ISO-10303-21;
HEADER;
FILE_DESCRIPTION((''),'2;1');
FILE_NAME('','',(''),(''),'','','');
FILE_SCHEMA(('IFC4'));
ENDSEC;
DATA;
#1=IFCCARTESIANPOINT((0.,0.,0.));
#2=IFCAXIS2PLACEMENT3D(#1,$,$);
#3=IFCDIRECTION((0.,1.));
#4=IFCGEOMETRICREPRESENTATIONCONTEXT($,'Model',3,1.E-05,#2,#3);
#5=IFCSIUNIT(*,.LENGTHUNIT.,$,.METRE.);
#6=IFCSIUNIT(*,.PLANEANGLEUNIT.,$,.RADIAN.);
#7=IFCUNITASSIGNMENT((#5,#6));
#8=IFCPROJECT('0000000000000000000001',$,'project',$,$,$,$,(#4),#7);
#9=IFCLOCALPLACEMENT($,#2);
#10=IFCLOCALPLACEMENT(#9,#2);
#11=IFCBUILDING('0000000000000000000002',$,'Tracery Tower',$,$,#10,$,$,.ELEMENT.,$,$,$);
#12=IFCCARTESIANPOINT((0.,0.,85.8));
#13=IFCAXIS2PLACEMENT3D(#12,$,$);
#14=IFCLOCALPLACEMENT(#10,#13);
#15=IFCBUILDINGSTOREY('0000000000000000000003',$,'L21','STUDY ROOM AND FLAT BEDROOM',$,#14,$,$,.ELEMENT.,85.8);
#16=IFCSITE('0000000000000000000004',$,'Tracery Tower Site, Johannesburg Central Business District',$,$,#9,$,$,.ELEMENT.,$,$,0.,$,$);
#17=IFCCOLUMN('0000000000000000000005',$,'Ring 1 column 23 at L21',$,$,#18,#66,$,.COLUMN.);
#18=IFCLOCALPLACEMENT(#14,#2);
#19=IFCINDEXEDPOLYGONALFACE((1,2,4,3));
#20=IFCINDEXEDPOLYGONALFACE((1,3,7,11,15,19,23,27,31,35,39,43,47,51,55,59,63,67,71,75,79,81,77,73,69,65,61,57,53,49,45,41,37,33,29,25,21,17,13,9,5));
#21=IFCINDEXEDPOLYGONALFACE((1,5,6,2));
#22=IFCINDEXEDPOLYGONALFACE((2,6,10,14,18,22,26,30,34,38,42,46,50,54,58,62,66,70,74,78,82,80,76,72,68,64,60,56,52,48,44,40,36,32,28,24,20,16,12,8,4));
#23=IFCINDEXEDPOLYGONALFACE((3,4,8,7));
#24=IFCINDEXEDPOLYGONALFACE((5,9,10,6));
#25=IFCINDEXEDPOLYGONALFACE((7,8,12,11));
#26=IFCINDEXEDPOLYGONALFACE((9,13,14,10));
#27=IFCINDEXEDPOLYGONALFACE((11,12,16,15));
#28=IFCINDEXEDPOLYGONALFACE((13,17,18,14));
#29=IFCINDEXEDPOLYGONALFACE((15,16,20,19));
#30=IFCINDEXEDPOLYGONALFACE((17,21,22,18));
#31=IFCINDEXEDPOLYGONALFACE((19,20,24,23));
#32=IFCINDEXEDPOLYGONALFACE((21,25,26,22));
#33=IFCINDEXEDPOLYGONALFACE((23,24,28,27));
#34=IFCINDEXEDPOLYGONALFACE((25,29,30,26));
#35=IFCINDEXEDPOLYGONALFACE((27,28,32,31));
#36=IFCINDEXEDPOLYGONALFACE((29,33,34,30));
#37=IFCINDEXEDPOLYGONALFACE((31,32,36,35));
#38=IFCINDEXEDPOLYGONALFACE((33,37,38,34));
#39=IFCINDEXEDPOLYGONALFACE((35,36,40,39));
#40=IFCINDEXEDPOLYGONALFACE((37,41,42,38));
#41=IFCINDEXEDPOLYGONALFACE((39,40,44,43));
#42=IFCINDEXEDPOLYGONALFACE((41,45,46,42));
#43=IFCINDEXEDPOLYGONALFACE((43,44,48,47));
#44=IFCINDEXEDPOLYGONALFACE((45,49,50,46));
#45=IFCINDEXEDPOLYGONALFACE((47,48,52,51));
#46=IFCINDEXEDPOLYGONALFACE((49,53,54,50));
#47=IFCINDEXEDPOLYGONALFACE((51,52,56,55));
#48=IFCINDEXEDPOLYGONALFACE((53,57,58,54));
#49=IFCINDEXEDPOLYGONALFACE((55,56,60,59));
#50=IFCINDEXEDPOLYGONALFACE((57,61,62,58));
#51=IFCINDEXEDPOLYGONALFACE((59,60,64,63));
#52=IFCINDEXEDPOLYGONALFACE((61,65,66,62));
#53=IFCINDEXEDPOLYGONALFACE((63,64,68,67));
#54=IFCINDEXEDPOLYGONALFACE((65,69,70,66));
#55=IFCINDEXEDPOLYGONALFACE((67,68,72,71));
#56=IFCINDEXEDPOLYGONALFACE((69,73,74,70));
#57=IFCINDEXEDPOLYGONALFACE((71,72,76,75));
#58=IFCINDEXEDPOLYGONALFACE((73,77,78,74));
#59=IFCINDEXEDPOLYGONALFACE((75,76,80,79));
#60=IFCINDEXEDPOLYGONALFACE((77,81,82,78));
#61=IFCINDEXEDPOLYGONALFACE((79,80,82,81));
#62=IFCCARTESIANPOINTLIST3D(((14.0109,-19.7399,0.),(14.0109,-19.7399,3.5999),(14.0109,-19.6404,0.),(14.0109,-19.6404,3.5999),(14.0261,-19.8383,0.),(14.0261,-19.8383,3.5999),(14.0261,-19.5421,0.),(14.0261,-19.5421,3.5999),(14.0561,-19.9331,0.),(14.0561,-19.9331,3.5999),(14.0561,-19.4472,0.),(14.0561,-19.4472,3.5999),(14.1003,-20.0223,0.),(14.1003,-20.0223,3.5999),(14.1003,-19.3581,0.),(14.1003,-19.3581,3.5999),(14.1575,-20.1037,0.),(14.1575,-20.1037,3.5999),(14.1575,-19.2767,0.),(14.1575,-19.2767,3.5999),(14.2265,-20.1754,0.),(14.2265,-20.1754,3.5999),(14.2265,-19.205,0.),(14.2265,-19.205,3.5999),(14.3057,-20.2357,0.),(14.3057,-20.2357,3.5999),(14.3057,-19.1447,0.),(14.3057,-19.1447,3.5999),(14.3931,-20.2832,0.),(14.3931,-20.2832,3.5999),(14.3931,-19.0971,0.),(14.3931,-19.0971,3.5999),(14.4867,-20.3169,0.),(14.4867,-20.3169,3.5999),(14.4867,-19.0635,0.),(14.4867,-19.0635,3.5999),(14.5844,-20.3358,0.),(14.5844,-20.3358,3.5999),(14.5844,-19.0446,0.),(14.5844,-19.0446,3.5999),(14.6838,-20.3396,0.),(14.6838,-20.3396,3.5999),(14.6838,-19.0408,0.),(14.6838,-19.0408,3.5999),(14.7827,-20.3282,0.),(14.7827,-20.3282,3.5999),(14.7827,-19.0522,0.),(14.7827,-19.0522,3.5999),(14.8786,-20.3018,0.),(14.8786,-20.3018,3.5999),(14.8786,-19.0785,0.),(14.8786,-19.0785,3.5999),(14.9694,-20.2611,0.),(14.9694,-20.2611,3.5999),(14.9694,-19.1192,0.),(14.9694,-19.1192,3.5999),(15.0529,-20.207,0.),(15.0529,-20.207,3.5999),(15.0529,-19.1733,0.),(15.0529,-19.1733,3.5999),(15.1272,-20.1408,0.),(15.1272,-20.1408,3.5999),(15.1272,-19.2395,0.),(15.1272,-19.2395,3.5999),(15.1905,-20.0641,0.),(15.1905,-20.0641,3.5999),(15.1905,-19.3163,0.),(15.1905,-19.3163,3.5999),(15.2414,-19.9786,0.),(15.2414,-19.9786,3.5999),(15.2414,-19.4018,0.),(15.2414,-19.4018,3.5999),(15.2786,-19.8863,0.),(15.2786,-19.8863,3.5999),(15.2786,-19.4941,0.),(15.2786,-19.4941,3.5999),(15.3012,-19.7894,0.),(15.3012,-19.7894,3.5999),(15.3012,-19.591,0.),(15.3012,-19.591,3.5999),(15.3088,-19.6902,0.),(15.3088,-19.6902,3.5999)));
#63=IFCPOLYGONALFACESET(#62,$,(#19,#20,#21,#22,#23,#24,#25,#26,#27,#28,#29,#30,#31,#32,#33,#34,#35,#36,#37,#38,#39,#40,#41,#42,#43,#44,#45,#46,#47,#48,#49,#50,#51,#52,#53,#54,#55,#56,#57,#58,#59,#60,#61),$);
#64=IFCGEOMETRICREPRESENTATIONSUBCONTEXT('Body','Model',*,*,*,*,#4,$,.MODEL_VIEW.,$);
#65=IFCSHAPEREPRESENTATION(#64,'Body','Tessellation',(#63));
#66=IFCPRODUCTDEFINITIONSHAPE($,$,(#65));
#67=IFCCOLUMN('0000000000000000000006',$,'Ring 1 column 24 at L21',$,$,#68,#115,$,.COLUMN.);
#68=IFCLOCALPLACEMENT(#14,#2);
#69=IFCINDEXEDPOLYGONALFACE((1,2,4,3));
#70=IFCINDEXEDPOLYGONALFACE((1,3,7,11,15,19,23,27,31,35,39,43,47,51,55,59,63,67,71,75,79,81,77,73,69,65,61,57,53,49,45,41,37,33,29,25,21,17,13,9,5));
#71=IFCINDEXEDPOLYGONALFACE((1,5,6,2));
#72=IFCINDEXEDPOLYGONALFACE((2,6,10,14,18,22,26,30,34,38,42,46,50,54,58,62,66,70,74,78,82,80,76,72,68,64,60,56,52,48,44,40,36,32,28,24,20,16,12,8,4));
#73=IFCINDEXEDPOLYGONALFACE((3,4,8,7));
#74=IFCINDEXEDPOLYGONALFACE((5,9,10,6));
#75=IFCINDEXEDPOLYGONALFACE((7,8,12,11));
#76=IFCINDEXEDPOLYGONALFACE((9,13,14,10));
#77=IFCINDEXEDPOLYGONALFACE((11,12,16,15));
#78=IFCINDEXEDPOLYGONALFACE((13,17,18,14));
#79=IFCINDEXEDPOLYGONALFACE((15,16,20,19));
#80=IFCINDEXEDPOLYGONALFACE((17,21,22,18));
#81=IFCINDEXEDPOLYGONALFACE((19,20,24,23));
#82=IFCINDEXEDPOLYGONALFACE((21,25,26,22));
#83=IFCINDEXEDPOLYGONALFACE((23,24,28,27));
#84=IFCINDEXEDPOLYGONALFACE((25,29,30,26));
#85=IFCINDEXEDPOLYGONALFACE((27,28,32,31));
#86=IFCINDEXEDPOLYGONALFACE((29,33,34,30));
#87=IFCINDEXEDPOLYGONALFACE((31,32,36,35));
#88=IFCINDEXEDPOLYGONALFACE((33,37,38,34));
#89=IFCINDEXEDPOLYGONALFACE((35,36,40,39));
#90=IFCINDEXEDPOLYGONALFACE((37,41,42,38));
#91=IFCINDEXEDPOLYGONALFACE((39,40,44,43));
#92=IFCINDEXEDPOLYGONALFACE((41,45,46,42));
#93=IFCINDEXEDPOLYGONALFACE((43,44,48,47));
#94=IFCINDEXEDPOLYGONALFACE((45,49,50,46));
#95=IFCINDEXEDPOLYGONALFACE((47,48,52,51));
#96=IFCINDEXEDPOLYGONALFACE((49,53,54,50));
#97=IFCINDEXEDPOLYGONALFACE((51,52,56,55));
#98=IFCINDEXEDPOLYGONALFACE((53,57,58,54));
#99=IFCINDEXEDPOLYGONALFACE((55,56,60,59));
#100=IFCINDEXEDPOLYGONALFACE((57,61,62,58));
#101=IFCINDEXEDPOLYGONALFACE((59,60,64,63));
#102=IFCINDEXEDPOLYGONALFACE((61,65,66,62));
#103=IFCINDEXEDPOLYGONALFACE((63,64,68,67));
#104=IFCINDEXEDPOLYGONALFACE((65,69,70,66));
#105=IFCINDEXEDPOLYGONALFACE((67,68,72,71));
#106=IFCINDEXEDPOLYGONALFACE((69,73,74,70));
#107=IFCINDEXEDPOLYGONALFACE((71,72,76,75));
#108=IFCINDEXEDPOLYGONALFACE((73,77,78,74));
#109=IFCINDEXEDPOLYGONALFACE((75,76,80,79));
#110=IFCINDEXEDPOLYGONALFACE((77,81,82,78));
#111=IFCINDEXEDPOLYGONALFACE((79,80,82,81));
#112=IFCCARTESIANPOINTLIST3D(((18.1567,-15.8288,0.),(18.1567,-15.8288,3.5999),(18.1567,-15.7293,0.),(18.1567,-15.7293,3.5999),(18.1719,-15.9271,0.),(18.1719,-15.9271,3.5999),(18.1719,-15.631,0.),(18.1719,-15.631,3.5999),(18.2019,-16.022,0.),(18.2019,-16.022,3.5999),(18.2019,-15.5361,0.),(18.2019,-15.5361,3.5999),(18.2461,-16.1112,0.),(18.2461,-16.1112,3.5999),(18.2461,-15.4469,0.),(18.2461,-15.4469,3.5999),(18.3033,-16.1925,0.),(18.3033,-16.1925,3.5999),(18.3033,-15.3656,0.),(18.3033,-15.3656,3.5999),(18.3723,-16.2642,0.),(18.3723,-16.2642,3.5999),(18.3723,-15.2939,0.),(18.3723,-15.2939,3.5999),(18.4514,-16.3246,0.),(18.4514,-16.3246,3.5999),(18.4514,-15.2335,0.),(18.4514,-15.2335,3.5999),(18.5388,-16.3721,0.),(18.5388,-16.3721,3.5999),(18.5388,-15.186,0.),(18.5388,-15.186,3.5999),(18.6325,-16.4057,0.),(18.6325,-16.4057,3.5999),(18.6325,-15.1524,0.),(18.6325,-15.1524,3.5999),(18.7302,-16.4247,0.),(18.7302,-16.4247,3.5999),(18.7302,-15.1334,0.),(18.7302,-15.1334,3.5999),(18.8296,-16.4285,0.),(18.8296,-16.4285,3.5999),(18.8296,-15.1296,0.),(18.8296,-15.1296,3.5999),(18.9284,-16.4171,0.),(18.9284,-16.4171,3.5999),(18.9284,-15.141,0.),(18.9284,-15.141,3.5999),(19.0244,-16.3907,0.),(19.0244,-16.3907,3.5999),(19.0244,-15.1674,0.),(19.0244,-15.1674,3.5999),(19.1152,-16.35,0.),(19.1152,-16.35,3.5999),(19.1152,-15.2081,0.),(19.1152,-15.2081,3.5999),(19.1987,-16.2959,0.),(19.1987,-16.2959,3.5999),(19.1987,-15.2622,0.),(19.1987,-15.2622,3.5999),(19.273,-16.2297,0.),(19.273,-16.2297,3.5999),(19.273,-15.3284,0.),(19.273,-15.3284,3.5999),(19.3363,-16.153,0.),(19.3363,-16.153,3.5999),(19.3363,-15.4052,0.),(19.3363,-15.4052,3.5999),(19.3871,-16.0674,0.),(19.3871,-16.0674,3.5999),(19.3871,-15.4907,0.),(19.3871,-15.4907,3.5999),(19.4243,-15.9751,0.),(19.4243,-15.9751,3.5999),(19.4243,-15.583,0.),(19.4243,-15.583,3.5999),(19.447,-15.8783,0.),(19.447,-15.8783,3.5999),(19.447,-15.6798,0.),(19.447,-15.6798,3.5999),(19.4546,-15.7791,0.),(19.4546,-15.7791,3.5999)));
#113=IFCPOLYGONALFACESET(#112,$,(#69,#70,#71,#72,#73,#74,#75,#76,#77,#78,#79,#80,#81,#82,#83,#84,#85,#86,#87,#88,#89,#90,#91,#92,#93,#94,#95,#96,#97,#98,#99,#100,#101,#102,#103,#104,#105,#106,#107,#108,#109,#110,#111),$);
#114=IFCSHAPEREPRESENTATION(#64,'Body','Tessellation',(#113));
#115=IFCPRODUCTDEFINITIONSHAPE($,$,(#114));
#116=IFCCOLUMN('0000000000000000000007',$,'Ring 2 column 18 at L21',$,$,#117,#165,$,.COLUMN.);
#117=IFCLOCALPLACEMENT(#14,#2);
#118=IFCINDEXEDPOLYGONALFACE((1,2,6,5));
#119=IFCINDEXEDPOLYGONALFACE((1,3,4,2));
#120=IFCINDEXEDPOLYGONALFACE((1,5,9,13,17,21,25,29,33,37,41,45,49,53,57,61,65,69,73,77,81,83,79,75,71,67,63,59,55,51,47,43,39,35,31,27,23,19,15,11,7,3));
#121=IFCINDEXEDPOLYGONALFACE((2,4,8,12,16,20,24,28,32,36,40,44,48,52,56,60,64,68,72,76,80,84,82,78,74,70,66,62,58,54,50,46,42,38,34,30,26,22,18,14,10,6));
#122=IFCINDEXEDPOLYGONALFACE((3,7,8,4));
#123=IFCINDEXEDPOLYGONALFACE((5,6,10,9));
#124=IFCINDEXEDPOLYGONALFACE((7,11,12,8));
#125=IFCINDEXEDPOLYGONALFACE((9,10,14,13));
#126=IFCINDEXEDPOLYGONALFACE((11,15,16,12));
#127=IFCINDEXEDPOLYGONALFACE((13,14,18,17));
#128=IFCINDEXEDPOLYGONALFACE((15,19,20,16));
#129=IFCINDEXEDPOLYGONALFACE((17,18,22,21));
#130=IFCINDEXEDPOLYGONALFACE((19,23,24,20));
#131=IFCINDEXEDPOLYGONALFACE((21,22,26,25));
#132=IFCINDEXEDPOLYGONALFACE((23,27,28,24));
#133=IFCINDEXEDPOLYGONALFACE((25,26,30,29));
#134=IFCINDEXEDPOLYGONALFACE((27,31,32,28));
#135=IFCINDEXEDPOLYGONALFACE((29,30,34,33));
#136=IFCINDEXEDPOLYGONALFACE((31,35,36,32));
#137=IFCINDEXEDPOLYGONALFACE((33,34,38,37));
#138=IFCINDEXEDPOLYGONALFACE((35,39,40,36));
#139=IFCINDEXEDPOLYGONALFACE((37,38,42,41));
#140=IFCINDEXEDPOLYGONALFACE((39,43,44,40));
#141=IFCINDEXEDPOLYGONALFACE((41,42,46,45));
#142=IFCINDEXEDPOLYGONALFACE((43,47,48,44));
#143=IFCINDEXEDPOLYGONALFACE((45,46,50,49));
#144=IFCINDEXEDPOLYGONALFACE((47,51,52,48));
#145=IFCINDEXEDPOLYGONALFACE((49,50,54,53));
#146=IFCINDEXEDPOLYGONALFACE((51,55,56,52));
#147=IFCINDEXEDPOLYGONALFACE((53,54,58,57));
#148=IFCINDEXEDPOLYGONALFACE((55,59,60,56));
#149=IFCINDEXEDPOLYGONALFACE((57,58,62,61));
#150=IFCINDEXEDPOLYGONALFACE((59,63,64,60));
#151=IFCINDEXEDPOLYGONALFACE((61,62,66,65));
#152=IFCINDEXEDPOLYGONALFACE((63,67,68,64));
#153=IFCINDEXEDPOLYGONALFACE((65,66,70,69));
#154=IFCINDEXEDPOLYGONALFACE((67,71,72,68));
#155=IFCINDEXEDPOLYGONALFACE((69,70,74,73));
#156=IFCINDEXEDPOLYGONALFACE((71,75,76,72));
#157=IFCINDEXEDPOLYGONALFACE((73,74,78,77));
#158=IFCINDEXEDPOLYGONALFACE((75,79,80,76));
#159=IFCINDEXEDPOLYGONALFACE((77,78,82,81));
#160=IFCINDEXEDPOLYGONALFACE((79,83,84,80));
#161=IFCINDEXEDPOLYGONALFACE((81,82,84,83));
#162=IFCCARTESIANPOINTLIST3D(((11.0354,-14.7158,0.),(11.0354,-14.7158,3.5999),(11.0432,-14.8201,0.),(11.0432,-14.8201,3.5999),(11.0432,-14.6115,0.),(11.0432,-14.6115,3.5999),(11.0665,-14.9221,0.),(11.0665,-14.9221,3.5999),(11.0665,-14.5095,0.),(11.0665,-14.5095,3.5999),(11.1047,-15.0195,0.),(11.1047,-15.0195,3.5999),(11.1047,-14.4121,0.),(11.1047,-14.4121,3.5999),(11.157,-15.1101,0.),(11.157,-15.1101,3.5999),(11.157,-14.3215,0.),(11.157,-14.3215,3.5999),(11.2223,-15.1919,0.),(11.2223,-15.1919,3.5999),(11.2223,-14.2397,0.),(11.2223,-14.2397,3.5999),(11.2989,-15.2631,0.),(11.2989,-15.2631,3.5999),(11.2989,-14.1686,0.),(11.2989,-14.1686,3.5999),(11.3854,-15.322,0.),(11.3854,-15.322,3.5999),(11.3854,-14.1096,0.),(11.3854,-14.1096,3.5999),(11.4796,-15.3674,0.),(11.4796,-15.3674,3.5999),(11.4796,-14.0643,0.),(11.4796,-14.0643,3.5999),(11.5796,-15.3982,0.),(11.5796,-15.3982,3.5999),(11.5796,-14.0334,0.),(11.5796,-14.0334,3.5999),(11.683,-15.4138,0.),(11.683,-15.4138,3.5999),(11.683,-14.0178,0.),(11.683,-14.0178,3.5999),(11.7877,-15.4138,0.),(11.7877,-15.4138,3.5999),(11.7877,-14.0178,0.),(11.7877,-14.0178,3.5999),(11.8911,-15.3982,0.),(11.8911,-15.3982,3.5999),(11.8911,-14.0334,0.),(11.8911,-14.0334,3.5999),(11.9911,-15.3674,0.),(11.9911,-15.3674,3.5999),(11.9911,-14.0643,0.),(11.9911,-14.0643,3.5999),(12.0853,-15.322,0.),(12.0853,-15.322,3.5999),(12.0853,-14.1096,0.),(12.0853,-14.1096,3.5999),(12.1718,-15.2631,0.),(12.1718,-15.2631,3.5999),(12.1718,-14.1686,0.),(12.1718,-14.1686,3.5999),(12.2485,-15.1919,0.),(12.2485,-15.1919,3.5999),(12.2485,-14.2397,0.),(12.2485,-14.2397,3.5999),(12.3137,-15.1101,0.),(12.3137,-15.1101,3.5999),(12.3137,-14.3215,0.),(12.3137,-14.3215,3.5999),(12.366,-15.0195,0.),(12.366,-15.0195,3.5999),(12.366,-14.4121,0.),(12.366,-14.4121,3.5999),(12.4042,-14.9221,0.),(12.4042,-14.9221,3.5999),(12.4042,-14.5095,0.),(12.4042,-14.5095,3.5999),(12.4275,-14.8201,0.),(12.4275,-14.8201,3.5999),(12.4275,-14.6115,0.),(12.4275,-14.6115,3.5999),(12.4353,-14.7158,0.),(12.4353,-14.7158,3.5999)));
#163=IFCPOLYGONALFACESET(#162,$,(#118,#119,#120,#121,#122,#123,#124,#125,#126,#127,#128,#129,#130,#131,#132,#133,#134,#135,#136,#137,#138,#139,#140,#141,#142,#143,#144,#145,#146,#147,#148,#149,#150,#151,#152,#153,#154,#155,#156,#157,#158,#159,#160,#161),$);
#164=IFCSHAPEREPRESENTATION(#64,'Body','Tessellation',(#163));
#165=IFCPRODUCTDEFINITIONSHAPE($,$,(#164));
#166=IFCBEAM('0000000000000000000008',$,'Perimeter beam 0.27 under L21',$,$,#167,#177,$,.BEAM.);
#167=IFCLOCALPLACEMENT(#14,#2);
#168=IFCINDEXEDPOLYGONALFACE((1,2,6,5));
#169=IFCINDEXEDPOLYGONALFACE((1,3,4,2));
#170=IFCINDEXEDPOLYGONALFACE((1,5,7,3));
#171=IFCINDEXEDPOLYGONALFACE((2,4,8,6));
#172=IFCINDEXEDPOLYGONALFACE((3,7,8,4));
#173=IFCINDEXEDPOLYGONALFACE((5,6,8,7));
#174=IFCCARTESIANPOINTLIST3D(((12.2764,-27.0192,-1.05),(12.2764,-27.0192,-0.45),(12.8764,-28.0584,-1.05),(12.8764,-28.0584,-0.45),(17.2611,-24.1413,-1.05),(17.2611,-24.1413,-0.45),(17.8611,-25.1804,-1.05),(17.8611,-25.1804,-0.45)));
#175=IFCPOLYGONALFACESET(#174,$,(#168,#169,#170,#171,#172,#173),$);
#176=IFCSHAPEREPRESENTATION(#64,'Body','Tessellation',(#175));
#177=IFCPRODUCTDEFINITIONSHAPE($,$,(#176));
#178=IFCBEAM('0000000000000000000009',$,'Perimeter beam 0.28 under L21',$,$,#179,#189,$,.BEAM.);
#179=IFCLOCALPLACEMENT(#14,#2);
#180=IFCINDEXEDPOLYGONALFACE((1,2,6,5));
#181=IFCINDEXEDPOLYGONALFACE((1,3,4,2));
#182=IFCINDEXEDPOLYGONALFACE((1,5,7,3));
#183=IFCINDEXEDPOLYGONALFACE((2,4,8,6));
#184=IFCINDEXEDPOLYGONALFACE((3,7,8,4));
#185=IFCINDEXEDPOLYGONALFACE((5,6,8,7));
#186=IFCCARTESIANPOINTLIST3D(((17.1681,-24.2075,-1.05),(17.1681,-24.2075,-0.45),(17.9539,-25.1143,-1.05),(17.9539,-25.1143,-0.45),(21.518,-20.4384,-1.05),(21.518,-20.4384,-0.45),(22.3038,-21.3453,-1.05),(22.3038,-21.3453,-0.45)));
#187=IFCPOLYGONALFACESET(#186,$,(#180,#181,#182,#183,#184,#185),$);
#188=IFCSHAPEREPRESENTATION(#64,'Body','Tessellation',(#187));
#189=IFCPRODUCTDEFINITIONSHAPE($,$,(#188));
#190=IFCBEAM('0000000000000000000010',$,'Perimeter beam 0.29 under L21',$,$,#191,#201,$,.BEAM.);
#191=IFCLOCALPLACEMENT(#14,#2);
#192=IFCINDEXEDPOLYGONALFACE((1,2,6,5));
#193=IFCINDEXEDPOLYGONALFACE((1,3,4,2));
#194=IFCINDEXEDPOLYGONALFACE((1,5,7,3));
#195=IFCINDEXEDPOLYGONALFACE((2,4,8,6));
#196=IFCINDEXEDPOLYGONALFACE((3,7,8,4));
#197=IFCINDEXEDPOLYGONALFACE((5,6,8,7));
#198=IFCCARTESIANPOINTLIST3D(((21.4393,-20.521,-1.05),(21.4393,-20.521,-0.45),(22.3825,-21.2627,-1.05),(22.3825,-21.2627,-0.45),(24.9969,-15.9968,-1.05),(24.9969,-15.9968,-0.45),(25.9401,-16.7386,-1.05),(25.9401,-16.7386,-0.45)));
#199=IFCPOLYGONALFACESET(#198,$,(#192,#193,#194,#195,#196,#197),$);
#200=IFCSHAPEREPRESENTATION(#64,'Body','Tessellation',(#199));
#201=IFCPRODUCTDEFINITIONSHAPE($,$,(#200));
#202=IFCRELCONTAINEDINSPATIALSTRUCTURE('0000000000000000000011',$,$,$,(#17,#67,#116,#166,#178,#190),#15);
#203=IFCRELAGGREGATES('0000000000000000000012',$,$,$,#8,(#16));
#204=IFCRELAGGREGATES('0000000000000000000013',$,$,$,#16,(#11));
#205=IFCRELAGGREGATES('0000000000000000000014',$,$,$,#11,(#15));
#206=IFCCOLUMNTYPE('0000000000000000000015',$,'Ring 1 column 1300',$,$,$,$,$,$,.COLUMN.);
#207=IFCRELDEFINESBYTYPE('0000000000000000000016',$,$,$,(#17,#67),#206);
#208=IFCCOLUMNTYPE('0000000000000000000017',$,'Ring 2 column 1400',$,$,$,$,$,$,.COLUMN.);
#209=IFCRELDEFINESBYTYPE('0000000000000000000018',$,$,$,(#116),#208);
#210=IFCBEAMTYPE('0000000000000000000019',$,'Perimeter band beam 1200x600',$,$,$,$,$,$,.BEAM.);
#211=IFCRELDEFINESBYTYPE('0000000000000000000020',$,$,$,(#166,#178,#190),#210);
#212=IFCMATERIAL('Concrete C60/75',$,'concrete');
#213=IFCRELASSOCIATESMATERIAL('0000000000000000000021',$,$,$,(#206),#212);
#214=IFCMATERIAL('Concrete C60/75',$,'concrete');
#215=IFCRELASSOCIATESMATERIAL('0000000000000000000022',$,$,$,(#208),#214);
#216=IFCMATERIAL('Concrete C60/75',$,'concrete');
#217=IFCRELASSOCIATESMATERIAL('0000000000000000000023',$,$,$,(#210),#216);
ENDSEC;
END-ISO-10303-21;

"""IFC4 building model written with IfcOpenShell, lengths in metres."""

from ifc_helpers import new_model, si_unit, direction, frame, origin, origin_2d, place, context, subcontext, project, spatial, rectangle, circle, extrude, material, material_profile, profile_set, type_object, element, save


model = new_model("IFC4")

# Units and contexts
model_context = context("Model", 3, precision=1e-05, world=origin(), true_north=direction((0.0, 1.0)))
body_context = subcontext(model_context, "Body", "Model", "MODEL_VIEW")
ifc_project = project(units=[si_unit("LENGTHUNIT", "METRE"), si_unit("PLANEANGLEUNIT", "RADIAN")], contexts=[model_context])

# Site, building, storey
site_placement = place(None, origin())
site = spatial("IfcSite", under=ifc_project, at=site_placement, Name="Tracery Tower Site, Johannesburg Central Business District", CompositionType="ELEMENT", RefElevation=0.0)
building_placement = place(site_placement, origin())
building = spatial("IfcBuilding", under=site, at=building_placement, Name="Tracery Tower", CompositionType="ELEMENT")
storey_placement = place(building_placement, frame((0.0, 0.0, 85.8)))
storey = spatial("IfcBuildingStorey", under=building, at=storey_placement, Name="L21", Description="STUDY ROOM AND FLAT BEDROOM", CompositionType="ELEMENT", Elevation=85.8)

# Columns
ifc_material_1 = material(Name="Concrete C60/75", Category="concrete")
ifc_material_profile_1 = material_profile(ifc_material_1, circle(Radius=0.6499, at=origin_2d()), Name="RC D1300")
ifc_profile_set_1 = profile_set([ifc_material_profile_1], Name="Concrete C60/75")
column_type_1 = type_object("IfcColumnType", Name="Ring 1 column 1300", PredefinedType="COLUMN", material=ifc_profile_set_1)
for number, where, z_axis, x_axis, name in (
    (1, (14.6589, -19.6902, 0.0), (0.0, 0.0, 1.0), (1.0, 0.0, 0.0), "Ring 1 column 23 at L21"),
    (2, (18.8047, -15.7791, 0.0), (0.0, 0.0, 1.0), (1.0, 0.0, 0.0), "Ring 1 column 24 at L21"),
):
    element("IfcColumn", number, at=place(storey_placement, frame(where, z_axis=z_axis, x_axis=x_axis)), inside=storey, type_object=column_type_1, Name=name, PredefinedType="COLUMN", context=body_context, shape_type="SweptSolid", body=[
        extrude(circle(Radius=0.6499, at=origin_2d()), origin(), (0.0, 0.0, 1.0), 3.5999),
    ])
ifc_material_2 = material(Name="Concrete C60/75", Category="concrete")
ifc_material_profile_2 = material_profile(ifc_material_2, circle(Radius=0.7, at=origin_2d()), Name="RC D1400")
ifc_profile_set_2 = profile_set([ifc_material_profile_2], Name="Concrete C60/75")
column_type_2 = type_object("IfcColumnType", Name="Ring 2 column 1400", PredefinedType="COLUMN", material=ifc_profile_set_2)
column_placement = place(storey_placement, frame((11.7354, -14.7158, 0.0), z_axis=(0.0, 0.0, 1.0), x_axis=(1.0, 0.0, 0.0)))
element("IfcColumn", 3, at=column_placement, inside=storey, type_object=column_type_2, Name="Ring 2 column 18 at L21", PredefinedType="COLUMN", context=body_context, shape_type="SweptSolid", body=[
    extrude(circle(Radius=0.7, at=origin_2d()), origin(), (0.0, 0.0, 1.0), 3.5999),
])

# Beams
ifc_material_3 = material(Name="Concrete C60/75", Category="concrete")
ifc_material_profile_3 = material_profile(ifc_material_3, rectangle(XDim=1.2, YDim=0.6001, at=origin_2d()), Name="RC 1200x600")
ifc_profile_set_3 = profile_set([ifc_material_profile_3], Name="Concrete C60/75")
beam_type = type_object("IfcBeamType", Name="Perimeter band beam 1200x600", PredefinedType="BEAM", material=ifc_profile_set_3)
beam_1_placement = place(storey_placement, frame((12.5764, -27.5388, -0.75), z_axis=(0.866021, 0.500008, 0.0), x_axis=(-0.500008, 0.866021, 0.0)))
element("IfcBeam", 4, at=beam_1_placement, inside=storey, type_object=beam_type, Name="Perimeter beam 0.27 under L21", PredefinedType="BEAM", context=body_context, shape_type="SweptSolid", body=[
    extrude(rectangle(XDim=1.2, YDim=0.6001, at=origin_2d()), origin(), (0.0, 0.0, 1.0), 5.7559),
])
beam_2_placement = place(storey_placement, frame((17.561, -24.6609, -0.75), z_axis=(0.75576, 0.654848, 0.0), x_axis=(-0.654848, 0.75576, 0.0)))
element("IfcBeam", 5, at=beam_2_placement, inside=storey, type_object=beam_type, Name="Perimeter beam 0.28 under L21", PredefinedType="BEAM", context=body_context, shape_type="SweptSolid", body=[
    extrude(rectangle(XDim=1.2, YDim=0.6001, at=origin_2d()), origin(), (0.0, 0.0, 1.0), 5.7556),
])
beam_3_placement = place(storey_placement, frame((21.9109, -20.8918, -0.75), z_axis=(0.618134, 0.786072, 0.0), x_axis=(-0.786072, 0.618134, 0.0)))
element("IfcBeam", 6, at=beam_3_placement, inside=storey, type_object=beam_type, Name="Perimeter beam 0.29 under L21", PredefinedType="BEAM", context=body_context, shape_type="SweptSolid", body=[
    extrude(rectangle(XDim=1.2, YDim=0.6001, at=origin_2d()), origin(), (0.0, 0.0, 1.0), 5.7554),
])

save(model, "model.ifc")
